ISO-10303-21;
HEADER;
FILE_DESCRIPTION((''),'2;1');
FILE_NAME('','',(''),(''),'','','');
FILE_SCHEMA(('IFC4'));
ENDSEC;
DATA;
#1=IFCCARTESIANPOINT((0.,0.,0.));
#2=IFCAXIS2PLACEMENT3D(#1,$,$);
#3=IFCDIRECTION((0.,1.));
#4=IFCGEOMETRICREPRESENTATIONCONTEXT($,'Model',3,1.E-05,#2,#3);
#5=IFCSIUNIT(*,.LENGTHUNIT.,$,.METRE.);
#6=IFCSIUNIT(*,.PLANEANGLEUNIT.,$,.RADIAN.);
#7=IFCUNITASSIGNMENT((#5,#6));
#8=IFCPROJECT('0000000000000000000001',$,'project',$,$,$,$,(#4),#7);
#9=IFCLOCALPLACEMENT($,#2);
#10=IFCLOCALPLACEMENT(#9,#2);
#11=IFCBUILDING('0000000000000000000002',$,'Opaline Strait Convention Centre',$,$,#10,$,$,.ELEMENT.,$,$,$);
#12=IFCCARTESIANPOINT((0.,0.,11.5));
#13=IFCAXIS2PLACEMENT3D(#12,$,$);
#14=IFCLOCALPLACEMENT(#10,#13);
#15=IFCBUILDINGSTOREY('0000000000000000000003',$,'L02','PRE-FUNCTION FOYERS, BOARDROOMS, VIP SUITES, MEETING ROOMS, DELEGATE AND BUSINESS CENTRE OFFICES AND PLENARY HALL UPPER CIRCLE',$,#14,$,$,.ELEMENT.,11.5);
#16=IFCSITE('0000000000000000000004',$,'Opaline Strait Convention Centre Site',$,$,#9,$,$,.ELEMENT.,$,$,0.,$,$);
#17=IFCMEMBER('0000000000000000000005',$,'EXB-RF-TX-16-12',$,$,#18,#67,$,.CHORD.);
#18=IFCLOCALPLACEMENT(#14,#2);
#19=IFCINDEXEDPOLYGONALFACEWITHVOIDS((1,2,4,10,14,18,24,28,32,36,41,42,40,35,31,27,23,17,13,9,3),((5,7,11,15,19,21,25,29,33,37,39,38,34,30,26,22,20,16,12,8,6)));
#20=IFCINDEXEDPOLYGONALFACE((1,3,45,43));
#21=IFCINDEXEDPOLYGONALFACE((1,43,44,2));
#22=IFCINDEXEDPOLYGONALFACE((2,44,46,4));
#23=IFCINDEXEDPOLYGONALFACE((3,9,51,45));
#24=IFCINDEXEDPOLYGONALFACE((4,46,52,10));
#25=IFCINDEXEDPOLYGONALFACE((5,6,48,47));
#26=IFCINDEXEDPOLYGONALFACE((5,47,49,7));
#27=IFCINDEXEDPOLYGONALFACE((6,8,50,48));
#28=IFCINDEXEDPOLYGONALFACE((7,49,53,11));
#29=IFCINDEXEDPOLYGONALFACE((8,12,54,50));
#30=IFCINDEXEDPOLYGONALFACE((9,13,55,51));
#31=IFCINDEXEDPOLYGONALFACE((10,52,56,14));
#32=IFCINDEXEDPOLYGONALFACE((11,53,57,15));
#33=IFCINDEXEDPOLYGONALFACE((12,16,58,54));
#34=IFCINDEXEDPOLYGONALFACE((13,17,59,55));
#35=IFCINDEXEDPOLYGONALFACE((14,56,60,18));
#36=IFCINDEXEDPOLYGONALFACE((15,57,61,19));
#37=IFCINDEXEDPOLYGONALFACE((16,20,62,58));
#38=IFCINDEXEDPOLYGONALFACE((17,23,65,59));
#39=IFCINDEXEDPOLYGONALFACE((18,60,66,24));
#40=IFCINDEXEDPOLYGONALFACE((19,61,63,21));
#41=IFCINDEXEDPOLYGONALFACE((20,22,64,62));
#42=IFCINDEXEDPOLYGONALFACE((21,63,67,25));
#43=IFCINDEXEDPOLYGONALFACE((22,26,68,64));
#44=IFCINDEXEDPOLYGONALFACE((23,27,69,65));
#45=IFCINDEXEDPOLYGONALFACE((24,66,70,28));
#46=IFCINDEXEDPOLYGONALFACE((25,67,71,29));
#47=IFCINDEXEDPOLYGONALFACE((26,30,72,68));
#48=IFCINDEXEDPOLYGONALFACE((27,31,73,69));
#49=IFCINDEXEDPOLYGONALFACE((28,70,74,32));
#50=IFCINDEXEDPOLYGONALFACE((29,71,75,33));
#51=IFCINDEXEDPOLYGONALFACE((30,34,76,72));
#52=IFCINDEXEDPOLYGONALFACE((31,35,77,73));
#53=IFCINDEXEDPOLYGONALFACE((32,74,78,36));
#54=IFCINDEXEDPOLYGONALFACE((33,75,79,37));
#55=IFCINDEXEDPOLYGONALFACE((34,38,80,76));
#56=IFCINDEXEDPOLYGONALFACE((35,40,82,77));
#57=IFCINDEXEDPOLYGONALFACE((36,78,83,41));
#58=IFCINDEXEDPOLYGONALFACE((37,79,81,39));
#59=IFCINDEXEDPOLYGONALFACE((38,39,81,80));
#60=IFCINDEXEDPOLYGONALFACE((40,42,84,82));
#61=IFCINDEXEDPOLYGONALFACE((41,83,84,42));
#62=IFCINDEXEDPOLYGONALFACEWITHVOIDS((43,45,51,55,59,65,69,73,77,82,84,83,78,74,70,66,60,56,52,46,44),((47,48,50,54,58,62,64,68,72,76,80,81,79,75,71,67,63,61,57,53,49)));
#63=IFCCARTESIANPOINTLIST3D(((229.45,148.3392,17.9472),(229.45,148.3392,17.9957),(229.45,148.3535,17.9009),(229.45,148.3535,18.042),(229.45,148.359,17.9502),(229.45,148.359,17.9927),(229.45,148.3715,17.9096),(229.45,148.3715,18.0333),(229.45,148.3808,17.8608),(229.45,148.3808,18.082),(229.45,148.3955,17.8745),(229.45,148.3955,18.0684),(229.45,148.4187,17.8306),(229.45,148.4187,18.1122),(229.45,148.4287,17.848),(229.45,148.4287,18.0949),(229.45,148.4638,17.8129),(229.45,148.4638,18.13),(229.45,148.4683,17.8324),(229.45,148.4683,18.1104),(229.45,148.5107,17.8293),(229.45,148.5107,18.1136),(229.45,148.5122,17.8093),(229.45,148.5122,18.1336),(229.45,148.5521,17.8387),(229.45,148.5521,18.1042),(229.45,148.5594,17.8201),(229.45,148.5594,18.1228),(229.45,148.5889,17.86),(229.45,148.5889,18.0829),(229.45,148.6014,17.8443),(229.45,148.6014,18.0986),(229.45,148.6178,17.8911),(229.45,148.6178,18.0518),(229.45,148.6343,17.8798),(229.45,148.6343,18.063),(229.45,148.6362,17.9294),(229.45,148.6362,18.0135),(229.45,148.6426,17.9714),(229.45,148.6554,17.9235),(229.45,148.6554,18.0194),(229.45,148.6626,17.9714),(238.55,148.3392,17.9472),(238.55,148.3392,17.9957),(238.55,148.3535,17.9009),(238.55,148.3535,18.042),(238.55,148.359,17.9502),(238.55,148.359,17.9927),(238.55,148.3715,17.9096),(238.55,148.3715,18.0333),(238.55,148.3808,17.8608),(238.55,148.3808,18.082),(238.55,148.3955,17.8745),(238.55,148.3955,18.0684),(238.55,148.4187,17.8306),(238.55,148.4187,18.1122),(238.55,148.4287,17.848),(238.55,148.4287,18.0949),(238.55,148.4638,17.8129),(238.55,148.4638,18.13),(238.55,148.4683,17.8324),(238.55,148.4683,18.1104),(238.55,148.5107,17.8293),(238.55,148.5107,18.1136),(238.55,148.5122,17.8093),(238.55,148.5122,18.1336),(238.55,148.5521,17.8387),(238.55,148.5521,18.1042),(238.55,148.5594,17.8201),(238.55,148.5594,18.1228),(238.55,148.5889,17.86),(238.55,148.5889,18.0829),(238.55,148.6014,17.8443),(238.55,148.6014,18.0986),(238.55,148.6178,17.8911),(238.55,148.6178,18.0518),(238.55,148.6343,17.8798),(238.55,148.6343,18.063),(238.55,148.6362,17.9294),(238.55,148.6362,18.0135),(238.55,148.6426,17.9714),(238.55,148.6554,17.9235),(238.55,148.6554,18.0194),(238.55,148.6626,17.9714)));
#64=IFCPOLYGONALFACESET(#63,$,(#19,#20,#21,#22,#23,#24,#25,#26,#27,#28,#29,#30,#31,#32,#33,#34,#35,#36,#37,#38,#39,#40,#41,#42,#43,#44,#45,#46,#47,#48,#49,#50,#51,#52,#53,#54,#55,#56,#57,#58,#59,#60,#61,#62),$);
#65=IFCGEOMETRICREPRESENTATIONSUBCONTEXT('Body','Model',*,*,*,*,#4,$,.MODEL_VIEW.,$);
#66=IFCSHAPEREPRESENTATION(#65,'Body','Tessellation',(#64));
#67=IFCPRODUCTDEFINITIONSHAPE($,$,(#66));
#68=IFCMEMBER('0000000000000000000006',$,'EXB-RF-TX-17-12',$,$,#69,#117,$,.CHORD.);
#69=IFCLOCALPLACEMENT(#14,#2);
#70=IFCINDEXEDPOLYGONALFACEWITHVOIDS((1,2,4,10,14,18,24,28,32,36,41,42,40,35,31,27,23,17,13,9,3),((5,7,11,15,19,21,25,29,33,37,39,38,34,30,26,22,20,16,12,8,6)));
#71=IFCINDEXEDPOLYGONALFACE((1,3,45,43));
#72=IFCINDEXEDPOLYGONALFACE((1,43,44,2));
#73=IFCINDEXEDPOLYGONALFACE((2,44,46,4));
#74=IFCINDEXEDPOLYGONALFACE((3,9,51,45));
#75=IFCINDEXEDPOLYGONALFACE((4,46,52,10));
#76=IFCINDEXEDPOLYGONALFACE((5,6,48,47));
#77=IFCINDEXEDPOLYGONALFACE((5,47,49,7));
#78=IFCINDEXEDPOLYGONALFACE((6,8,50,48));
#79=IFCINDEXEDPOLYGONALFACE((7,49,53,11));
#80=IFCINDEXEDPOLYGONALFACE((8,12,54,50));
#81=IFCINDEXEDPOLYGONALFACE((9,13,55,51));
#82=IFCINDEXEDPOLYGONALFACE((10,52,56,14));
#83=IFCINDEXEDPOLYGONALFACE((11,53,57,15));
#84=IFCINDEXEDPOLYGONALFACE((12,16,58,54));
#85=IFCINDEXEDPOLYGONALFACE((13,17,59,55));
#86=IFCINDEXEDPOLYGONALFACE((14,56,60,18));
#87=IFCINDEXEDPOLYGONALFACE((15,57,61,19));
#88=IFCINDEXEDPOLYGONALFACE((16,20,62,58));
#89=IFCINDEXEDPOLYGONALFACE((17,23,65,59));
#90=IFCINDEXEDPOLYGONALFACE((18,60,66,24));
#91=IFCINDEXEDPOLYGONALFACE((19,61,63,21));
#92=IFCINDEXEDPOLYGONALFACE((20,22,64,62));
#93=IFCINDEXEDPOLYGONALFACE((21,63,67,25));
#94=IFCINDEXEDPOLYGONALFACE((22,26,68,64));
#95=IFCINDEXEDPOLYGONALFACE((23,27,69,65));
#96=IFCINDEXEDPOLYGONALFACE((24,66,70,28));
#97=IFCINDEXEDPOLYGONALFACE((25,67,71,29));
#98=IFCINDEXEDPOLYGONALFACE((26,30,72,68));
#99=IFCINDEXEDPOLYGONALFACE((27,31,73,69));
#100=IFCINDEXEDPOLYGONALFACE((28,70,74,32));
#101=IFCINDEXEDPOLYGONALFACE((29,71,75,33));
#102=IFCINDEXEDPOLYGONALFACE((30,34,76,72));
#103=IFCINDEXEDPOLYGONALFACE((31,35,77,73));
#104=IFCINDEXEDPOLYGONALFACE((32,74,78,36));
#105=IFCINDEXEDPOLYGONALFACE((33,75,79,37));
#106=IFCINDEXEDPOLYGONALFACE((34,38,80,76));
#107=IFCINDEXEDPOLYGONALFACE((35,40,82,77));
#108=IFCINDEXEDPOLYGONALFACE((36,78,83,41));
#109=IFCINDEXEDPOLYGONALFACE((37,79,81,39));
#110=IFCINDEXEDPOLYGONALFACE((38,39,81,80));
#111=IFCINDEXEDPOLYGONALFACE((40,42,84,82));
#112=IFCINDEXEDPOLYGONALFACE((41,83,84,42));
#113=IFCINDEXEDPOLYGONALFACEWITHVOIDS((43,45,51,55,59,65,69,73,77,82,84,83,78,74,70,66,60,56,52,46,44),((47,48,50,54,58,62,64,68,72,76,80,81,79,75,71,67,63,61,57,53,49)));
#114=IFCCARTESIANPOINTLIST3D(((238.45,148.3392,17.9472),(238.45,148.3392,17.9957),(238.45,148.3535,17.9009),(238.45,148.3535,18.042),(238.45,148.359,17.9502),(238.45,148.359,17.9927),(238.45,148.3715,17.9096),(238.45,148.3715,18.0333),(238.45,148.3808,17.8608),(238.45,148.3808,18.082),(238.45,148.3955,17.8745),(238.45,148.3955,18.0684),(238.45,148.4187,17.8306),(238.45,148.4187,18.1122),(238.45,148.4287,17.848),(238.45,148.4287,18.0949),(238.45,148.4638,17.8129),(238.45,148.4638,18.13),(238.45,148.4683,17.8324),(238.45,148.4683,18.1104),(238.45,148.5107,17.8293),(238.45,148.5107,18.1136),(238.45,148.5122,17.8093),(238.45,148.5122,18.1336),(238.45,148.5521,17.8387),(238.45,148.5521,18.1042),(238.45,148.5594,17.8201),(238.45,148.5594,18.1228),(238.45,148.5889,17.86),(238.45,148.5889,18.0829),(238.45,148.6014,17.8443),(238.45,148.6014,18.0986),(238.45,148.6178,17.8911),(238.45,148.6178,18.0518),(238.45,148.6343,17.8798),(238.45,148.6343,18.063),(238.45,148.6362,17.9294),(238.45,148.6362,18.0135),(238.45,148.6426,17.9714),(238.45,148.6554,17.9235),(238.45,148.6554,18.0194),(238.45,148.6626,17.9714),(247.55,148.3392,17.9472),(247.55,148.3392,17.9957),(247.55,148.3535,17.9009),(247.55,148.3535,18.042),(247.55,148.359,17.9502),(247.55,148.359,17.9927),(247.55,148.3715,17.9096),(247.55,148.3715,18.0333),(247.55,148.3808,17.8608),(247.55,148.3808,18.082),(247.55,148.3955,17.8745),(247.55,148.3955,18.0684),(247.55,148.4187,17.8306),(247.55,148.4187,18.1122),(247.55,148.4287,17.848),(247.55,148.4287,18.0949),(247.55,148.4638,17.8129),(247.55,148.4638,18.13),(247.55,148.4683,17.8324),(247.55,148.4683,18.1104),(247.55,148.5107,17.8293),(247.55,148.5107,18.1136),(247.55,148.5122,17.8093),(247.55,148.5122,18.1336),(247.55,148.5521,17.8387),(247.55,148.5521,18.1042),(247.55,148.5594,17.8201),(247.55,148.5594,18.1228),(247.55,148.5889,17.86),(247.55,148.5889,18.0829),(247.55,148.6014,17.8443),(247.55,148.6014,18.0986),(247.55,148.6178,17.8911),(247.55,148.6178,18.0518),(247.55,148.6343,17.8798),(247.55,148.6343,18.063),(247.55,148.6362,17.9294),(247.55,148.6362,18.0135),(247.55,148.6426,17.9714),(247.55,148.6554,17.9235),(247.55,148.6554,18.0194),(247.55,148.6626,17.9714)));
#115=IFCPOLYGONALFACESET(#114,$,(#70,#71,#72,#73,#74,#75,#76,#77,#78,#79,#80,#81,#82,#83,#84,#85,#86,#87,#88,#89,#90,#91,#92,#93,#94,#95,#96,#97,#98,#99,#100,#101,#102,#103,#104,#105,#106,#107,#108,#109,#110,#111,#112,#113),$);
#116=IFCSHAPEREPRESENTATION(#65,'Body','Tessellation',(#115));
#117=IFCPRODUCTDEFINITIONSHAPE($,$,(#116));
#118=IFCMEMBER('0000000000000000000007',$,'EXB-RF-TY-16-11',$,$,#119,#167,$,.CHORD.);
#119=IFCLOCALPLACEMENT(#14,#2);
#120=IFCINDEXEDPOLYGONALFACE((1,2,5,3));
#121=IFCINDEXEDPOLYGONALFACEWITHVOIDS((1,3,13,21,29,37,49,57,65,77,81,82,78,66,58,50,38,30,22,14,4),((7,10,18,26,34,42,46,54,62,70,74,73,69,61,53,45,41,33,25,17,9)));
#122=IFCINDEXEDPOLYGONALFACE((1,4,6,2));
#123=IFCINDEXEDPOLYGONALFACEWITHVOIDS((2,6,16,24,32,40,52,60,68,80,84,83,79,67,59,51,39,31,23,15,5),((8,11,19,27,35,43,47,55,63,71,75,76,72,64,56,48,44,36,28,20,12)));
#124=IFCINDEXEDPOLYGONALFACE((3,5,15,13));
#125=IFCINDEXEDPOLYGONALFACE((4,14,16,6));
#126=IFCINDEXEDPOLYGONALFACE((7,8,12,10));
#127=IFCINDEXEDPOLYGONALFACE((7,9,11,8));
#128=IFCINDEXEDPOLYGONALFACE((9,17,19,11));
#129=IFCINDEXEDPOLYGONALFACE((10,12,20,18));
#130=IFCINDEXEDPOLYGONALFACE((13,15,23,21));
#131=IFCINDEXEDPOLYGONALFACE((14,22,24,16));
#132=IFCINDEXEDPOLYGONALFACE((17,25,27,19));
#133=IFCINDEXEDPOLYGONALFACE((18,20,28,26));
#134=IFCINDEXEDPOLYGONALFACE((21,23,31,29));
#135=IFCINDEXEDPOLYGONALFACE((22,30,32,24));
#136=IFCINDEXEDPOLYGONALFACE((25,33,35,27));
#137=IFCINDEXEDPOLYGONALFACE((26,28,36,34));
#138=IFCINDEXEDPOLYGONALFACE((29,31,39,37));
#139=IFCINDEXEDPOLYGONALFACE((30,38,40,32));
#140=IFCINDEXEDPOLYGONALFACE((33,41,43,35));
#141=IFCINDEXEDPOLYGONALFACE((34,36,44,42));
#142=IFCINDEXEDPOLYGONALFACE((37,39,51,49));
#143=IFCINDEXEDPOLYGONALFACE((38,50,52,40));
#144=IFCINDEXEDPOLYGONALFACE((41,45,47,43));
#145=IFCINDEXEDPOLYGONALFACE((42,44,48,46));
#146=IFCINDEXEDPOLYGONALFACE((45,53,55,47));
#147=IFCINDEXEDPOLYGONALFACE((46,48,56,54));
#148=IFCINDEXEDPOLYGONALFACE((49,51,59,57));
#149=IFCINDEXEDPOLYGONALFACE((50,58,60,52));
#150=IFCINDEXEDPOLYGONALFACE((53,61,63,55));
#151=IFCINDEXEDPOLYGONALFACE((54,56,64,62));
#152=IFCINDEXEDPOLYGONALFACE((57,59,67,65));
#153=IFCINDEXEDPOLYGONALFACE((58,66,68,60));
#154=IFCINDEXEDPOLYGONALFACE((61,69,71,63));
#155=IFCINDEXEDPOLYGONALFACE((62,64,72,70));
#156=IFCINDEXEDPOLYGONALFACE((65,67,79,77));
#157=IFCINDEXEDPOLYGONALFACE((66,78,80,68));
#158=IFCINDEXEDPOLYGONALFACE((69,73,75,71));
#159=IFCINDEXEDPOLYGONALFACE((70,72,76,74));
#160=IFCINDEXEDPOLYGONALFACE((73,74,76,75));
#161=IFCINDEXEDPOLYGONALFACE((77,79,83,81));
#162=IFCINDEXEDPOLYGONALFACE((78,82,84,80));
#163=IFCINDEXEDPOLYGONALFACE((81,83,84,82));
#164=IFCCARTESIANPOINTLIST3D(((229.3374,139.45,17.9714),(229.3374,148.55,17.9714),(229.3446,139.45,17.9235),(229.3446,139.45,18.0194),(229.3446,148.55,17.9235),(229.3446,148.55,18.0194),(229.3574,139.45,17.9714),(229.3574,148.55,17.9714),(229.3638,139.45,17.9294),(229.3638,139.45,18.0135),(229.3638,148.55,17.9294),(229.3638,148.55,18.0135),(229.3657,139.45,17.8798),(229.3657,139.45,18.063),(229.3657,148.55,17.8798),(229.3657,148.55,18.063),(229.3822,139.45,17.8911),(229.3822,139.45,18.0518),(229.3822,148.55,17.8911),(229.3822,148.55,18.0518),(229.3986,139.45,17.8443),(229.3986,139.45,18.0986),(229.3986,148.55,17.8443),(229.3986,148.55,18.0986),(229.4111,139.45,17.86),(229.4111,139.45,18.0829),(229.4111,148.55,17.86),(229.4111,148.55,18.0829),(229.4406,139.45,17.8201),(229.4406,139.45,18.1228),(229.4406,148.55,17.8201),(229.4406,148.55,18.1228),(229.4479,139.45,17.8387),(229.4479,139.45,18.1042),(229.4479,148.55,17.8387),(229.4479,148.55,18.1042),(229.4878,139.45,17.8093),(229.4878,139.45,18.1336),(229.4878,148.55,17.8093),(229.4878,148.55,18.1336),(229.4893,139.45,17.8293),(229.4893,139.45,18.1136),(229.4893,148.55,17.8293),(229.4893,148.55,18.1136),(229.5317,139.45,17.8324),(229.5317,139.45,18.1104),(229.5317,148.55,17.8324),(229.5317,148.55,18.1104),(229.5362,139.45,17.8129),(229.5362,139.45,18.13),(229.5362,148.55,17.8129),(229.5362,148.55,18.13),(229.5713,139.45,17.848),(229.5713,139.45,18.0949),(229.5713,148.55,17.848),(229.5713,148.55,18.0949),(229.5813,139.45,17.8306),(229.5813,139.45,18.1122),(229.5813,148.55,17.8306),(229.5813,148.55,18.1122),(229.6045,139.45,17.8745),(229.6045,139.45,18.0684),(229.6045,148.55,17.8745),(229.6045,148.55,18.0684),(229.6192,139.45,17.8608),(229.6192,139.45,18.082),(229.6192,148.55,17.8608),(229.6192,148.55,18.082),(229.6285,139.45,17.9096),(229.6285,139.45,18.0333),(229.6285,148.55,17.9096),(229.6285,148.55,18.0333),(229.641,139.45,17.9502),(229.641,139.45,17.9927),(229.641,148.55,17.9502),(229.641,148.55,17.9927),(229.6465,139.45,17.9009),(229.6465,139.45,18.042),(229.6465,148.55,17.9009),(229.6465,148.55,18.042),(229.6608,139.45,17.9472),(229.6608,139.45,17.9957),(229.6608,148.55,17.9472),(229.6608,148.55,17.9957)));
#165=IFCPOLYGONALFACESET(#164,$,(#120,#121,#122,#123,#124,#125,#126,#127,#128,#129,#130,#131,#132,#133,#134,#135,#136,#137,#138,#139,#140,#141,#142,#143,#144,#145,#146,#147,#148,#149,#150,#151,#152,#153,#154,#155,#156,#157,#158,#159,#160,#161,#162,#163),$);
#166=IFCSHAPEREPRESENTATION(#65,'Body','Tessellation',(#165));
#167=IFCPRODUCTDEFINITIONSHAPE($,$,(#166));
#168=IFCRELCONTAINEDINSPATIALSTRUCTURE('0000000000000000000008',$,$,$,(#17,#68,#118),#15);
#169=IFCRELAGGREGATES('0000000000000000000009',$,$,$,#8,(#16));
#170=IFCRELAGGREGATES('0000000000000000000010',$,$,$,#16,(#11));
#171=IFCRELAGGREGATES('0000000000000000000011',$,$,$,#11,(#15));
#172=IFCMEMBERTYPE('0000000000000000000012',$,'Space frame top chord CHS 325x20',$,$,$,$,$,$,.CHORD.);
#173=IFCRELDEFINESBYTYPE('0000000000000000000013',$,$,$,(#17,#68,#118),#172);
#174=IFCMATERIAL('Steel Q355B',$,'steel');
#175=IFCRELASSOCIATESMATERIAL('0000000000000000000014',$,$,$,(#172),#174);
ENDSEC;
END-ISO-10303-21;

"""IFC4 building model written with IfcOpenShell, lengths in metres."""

from ifc_helpers import new_model, si_unit, direction, frame, origin, origin_2d, place, context, subcontext, project, spatial, hollow_circle, extrude, material, material_profile, profile_set, type_object, element, save


model = new_model("IFC4")

# Units and contexts
model_context = context("Model", 3, precision=1e-05, world=origin(), true_north=direction((0.0, 1.0)))
body_context = subcontext(model_context, "Body", "Model", "MODEL_VIEW")
ifc_project = project(units=[si_unit("LENGTHUNIT", "METRE"), si_unit("PLANEANGLEUNIT", "RADIAN")], contexts=[model_context])

# Site, building, storey
site_placement = place(None, origin())
site = spatial("IfcSite", under=ifc_project, at=site_placement, Name="Opaline Strait Convention Centre Site", CompositionType="ELEMENT", RefElevation=0.0)
building_placement = place(site_placement, origin())
building = spatial("IfcBuilding", under=site, at=building_placement, Name="Opaline Strait Convention Centre", CompositionType="ELEMENT")
storey_placement = place(building_placement, frame((0.0, 0.0, 11.5)))
storey = spatial("IfcBuildingStorey", under=building, at=storey_placement, Name="L02", Description="PRE-FUNCTION FOYERS, BOARDROOMS, VIP SUITES, MEETING ROOMS, DELEGATE AND BUSINESS CENTRE OFFICES AND PLENARY HALL UPPER CIRCLE", CompositionType="ELEMENT", Elevation=11.5)

# Members
ifc_material_1 = material(Name="Steel Q355B", Category="steel")
ifc_material_profile_1 = material_profile(ifc_material_1, hollow_circle(Radius=0.1626, WallThickness=0.02, at=origin_2d()), Name="CHS 325x20")
ifc_profile_set_1 = profile_set([ifc_material_profile_1], Name="Steel Q355B")
member_type_1 = type_object("IfcMemberType", Name="Space frame top chord CHS 325x20", PredefinedType="CHORD", material=ifc_profile_set_1)
for number, where, z_axis, x_axis, name in (
    (1, (229.45, 148.5, 17.9714), (1.0, 0.0, 0.0), (0.0, 1.0, 0.0), "EXB-RF-TX-16-12"),
    (2, (238.45, 148.5, 17.9714), (1.0, 0.0, 0.0), (0.0, 1.0, 0.0), "EXB-RF-TX-17-12"),
    (3, (229.5, 139.45, 17.9714), (0.0, 1.0, 0.0), (-1.0, 0.0, 0.0), "EXB-RF-TY-16-11"),
):
    element("IfcMember", number, at=place(storey_placement, frame(where, z_axis=z_axis, x_axis=x_axis)), inside=storey, type_object=member_type_1, Name=name, PredefinedType="CHORD", context=body_context, shape_type="SweptSolid", body=[
        extrude(hollow_circle(Radius=0.1626, WallThickness=0.02, at=origin_2d()), origin(), (0.0, 0.0, 1.0), 9.1001),
    ])

save(model, "model.ifc")
